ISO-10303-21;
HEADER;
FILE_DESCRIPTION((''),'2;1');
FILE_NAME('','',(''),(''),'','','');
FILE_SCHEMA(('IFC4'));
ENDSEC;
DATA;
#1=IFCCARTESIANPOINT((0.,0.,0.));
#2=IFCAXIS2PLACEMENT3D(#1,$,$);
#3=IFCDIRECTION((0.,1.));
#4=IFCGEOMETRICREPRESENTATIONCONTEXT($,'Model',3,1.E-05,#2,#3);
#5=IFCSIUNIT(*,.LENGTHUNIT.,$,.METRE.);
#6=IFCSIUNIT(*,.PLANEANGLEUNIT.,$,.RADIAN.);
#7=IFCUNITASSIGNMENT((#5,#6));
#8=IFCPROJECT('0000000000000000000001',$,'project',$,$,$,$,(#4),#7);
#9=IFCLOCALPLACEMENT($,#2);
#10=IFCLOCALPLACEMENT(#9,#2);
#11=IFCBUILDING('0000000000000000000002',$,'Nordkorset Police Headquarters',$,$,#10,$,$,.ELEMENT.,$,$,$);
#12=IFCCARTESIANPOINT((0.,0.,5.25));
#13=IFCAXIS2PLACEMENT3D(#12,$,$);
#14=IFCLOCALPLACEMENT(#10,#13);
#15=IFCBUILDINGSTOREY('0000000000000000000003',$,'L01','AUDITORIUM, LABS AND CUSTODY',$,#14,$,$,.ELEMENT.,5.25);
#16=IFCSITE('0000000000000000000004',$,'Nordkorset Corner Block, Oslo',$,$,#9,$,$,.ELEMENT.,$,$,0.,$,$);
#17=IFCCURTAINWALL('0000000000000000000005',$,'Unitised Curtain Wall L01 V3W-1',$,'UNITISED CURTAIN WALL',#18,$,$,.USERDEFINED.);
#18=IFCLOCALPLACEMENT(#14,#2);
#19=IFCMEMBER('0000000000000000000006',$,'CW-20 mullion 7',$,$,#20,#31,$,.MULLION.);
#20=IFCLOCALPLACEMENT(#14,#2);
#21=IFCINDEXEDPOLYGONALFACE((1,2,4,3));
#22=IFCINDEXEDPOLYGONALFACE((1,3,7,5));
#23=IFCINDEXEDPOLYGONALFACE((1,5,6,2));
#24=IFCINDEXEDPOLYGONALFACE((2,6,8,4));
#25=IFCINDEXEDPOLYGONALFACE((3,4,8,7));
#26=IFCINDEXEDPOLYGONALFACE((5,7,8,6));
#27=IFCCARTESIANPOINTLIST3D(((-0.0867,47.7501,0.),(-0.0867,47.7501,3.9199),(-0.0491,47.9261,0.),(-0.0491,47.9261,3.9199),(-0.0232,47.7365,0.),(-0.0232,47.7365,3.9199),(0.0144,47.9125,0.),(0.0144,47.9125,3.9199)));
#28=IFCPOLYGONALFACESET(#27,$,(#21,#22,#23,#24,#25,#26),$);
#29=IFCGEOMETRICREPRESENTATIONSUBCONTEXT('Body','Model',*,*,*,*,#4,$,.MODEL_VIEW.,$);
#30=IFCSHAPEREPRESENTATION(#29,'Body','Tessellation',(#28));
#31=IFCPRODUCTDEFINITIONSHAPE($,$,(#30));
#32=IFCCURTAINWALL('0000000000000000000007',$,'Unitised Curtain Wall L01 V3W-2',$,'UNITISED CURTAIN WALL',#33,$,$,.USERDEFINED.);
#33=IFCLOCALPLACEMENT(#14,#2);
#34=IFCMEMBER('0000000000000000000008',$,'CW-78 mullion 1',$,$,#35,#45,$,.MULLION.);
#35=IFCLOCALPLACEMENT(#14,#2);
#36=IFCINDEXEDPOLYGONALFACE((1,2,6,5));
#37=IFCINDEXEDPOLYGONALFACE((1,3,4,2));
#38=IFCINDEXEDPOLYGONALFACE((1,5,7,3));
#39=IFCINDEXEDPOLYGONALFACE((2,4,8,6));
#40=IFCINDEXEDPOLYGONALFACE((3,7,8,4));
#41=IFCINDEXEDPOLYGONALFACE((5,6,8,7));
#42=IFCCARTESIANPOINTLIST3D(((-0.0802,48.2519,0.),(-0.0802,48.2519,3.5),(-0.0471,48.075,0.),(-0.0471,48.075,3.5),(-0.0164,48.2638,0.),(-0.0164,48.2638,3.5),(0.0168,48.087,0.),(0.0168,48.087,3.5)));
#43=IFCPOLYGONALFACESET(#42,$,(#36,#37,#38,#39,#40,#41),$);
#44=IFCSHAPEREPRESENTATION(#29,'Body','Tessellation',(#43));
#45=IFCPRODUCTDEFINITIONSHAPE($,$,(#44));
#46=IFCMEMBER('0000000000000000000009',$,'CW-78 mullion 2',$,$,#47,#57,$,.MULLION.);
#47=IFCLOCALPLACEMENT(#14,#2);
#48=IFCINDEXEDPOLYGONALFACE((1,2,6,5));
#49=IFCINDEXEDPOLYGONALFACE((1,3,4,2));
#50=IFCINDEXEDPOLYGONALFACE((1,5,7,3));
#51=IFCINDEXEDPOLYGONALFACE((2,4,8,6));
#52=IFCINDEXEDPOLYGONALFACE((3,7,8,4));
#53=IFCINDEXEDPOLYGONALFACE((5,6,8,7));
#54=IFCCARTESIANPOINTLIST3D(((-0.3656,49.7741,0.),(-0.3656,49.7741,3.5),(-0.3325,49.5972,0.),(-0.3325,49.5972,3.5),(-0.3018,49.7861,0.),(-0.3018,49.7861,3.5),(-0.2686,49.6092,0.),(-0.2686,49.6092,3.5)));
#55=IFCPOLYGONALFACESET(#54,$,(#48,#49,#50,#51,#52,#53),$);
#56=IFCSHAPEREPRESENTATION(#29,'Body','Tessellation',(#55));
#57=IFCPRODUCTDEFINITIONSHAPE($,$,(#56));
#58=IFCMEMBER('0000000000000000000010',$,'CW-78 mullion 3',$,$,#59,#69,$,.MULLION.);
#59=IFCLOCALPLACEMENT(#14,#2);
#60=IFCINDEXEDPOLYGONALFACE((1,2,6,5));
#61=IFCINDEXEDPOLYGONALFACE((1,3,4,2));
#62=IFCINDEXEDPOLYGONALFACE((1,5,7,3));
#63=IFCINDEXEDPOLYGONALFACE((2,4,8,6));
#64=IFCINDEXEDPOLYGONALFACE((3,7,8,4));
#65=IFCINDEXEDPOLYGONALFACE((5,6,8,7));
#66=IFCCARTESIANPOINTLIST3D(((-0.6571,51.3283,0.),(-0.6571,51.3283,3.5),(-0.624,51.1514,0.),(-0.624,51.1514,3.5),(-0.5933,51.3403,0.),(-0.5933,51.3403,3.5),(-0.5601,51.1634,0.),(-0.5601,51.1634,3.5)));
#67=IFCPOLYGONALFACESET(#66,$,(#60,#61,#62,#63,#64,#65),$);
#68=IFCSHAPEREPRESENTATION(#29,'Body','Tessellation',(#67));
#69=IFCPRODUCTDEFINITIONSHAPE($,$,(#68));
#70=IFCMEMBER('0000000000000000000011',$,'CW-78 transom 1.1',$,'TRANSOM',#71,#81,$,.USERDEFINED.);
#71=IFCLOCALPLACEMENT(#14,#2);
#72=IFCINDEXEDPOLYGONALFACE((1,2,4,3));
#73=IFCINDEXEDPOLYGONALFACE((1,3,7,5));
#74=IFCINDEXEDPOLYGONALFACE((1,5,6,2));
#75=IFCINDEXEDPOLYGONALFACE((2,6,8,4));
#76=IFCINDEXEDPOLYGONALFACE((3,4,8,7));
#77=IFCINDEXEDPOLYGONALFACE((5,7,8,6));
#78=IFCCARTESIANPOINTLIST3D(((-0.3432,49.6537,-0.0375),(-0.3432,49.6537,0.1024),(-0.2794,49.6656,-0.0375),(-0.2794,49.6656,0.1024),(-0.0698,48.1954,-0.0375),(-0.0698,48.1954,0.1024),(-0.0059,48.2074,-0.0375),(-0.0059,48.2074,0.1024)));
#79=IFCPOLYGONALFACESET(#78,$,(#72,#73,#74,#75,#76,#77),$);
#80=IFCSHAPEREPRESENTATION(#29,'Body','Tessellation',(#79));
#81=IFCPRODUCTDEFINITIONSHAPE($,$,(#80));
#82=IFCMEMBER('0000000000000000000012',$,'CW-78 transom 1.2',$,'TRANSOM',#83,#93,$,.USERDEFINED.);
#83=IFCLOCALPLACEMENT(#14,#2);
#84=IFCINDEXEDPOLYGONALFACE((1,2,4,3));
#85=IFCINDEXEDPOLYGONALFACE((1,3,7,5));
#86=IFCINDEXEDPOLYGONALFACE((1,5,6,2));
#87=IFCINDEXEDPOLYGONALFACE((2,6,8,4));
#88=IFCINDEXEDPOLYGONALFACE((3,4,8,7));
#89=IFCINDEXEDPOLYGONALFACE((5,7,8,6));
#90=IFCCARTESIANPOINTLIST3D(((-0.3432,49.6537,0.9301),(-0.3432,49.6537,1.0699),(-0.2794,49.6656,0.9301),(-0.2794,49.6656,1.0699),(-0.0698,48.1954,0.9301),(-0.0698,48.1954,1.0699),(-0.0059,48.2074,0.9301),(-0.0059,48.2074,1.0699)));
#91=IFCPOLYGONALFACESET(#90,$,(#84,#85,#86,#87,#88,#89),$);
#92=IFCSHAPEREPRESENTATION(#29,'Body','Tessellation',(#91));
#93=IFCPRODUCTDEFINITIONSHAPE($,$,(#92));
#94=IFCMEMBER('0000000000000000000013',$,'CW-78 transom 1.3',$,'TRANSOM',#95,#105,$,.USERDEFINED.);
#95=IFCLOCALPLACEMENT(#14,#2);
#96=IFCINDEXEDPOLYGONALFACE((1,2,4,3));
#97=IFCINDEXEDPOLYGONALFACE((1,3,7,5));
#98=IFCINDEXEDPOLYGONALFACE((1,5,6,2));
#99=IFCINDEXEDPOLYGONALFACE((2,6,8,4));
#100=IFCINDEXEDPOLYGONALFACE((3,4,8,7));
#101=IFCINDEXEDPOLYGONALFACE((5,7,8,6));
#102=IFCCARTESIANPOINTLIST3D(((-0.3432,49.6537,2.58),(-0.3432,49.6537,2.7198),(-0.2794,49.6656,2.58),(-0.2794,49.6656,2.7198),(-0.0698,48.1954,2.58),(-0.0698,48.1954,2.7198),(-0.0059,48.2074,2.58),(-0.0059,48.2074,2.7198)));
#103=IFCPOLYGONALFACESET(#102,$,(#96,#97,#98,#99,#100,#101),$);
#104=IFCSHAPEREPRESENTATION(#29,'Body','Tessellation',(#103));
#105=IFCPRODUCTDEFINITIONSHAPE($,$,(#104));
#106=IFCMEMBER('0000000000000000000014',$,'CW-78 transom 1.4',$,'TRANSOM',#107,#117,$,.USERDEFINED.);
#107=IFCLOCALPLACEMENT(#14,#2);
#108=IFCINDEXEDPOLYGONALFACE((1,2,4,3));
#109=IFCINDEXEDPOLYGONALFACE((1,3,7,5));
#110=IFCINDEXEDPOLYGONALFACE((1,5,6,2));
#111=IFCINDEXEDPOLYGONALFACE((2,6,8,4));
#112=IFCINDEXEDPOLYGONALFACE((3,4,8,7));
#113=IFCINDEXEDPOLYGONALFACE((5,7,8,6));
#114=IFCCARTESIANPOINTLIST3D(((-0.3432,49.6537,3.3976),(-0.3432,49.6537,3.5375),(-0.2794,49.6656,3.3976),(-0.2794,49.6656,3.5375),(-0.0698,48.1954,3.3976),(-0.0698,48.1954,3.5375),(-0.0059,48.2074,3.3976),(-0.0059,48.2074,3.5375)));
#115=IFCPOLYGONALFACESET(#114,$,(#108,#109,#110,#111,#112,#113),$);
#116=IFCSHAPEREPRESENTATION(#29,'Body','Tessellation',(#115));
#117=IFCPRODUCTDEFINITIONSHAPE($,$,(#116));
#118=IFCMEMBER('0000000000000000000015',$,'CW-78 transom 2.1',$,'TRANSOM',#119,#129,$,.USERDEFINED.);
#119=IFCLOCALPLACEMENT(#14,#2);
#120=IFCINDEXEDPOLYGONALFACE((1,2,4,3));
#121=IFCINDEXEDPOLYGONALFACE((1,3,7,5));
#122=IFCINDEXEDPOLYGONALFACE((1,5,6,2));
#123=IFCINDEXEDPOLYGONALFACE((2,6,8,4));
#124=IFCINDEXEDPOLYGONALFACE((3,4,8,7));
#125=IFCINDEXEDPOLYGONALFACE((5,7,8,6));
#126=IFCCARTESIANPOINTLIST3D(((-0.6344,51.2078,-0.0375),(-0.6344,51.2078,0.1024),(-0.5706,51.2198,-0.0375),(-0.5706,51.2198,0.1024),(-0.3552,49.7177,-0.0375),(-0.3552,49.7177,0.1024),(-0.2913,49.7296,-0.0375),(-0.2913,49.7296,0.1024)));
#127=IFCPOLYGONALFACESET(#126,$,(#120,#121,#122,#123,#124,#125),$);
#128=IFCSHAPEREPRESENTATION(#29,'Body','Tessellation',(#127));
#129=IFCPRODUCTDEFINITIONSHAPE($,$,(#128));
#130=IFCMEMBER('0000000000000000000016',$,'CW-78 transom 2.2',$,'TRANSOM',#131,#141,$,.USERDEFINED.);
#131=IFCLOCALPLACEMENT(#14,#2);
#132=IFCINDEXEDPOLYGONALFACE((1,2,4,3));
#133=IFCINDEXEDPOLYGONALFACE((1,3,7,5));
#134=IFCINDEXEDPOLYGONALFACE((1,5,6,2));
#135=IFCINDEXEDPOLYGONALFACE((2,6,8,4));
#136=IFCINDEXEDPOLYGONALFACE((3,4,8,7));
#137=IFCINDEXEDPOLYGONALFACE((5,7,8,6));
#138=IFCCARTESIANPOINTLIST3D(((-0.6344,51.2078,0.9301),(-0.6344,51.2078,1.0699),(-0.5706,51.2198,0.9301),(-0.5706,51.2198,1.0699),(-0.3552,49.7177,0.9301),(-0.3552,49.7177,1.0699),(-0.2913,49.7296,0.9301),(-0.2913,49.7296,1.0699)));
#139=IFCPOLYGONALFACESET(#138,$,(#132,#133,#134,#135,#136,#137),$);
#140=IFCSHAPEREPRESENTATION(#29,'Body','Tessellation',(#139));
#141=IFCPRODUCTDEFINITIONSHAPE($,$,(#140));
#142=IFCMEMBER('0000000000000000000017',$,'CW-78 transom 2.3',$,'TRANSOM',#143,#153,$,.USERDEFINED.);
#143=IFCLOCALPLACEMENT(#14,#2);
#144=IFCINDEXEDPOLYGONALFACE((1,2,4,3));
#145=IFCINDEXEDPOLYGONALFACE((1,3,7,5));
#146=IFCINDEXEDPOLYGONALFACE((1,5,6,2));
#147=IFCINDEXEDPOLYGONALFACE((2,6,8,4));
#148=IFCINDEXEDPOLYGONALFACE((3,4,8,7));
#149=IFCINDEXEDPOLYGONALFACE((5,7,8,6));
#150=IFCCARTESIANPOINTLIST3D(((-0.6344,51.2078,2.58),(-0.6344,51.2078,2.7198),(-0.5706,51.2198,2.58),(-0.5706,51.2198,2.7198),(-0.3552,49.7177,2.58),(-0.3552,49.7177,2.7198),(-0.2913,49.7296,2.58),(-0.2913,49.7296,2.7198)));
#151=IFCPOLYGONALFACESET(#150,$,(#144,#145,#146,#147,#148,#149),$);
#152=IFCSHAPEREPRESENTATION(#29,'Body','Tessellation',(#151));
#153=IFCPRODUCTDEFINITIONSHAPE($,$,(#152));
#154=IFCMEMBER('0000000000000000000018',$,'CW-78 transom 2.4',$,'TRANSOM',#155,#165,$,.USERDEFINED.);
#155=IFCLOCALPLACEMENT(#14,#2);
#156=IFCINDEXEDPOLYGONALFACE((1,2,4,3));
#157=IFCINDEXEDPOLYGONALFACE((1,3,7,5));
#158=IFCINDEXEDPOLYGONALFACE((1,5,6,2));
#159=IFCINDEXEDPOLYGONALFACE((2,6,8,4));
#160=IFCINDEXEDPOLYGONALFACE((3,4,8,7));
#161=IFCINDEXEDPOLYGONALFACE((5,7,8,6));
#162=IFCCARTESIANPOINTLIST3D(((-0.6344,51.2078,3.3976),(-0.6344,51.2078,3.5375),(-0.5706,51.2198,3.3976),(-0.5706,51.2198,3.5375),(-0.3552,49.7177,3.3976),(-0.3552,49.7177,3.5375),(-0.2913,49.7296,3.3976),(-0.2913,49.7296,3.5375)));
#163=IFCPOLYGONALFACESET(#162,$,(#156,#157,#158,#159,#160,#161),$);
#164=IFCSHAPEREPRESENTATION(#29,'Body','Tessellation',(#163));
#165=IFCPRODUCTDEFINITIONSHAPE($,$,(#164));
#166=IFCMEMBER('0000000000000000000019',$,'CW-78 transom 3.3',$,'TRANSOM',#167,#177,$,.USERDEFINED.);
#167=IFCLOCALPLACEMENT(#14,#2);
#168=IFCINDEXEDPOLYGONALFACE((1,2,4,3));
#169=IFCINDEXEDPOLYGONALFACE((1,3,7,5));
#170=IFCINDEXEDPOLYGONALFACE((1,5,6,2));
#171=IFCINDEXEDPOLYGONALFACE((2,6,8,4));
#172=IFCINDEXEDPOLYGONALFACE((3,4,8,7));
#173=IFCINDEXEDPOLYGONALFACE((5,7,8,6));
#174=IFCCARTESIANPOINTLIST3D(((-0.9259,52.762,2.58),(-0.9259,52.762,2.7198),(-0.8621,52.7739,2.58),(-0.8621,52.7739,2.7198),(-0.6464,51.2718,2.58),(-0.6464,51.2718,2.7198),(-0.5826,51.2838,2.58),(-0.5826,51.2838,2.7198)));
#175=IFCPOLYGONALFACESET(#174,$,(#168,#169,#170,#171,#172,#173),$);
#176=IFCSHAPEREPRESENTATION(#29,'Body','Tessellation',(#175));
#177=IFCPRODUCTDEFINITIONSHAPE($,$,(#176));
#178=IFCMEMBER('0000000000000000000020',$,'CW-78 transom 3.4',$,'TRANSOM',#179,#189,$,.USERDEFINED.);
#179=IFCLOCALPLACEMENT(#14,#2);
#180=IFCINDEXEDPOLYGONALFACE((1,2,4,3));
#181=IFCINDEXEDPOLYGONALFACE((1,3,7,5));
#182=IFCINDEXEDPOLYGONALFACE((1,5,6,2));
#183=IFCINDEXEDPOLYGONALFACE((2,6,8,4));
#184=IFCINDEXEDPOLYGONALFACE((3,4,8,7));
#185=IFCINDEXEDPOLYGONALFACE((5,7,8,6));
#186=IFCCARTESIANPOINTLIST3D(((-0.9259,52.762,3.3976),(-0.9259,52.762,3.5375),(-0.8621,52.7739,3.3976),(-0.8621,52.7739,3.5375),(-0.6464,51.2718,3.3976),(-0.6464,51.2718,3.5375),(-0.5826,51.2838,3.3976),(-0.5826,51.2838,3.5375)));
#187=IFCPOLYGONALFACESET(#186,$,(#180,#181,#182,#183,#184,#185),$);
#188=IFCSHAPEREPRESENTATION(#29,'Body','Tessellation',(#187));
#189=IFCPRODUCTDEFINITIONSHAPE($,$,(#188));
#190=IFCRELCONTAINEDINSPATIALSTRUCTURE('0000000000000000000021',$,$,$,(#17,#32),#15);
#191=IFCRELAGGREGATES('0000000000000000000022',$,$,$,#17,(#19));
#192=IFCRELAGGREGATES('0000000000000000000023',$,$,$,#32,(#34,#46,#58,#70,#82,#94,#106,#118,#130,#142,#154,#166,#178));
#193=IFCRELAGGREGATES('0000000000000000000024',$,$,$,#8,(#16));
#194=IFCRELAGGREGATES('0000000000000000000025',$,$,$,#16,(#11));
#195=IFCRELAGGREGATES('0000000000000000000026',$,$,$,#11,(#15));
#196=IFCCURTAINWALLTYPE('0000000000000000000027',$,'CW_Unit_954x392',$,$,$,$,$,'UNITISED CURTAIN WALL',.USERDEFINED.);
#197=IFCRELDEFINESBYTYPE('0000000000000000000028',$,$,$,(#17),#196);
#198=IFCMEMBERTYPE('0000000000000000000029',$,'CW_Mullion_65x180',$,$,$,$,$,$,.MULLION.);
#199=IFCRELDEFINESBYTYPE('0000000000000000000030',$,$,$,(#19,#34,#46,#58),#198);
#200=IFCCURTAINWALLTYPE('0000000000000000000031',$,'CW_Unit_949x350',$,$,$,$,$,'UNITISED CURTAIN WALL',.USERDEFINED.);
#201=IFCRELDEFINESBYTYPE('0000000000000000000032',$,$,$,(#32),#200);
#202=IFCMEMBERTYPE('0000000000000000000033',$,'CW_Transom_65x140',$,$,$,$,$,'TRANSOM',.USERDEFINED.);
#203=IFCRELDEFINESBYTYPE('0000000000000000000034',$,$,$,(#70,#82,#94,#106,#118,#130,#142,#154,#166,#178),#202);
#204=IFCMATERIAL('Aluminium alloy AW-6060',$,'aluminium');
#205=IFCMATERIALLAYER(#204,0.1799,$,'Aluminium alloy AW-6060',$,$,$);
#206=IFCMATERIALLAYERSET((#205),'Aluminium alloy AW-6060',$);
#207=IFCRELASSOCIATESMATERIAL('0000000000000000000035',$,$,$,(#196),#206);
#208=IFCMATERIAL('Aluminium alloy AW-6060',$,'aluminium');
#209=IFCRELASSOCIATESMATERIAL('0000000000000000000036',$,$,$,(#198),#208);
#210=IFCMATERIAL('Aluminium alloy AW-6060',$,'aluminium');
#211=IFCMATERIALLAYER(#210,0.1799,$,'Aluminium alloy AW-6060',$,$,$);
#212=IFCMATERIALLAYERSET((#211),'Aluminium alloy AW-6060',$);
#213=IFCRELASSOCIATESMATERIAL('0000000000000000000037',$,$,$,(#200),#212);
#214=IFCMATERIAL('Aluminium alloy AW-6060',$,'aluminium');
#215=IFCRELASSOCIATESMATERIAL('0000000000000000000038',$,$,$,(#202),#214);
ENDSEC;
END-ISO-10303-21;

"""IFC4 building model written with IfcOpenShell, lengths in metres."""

from ifc_helpers import new_model, si_unit, direction, frame, origin, origin_2d, place, context, subcontext, project, spatial, rectangle, extrude, material, layer, layer_set, material_profile, profile_set, type_object, element, aggregate, save


model = new_model("IFC4")

# Units and contexts
model_context = context("Model", 3, precision=1e-05, world=origin(), true_north=direction((0.0, 1.0)))
body_context = subcontext(model_context, "Body", "Model", "MODEL_VIEW")
ifc_project = project(units=[si_unit("LENGTHUNIT", "METRE"), si_unit("PLANEANGLEUNIT", "RADIAN")], contexts=[model_context])

# Site, building, storey
site_placement = place(None, origin())
site = spatial("IfcSite", under=ifc_project, at=site_placement, Name="Nordkorset Corner Block, Oslo", CompositionType="ELEMENT", RefElevation=0.0)
building_placement = place(site_placement, origin())
building = spatial("IfcBuilding", under=site, at=building_placement, Name="Nordkorset Police Headquarters", CompositionType="ELEMENT")
storey_placement = place(building_placement, frame((0.0, 0.0, 5.25)))
storey = spatial("IfcBuildingStorey", under=building, at=storey_placement, Name="L01", Description="AUDITORIUM, LABS AND CUSTODY", CompositionType="ELEMENT", Elevation=5.25)

# Curtain wall, member
ifc_material_1 = material(Name="Aluminium alloy AW-6060", Category="aluminium")
ifc_layer_1 = layer(ifc_material_1, 0.1799, Name="Aluminium alloy AW-6060")
ifc_layer_set_1 = layer_set([ifc_layer_1], Name="Aluminium alloy AW-6060")
curtain_wall_type_1 = type_object("IfcCurtainWallType", Name="CW_Unit_954x392", ElementType="UNITISED CURTAIN WALL", PredefinedType="USERDEFINED", material=ifc_layer_set_1)
curtain_wall_1_placement = place(storey_placement, origin())
curtain_wall_1 = element("IfcCurtainWall", 1, at=curtain_wall_1_placement, inside=storey, type_object=curtain_wall_type_1, Name="Unitised Curtain Wall L01 V3W-1", ObjectType="UNITISED CURTAIN WALL", PredefinedType="USERDEFINED")
ifc_material_2 = material(Name="Aluminium alloy AW-6060", Category="aluminium")
ifc_material_profile_1 = material_profile(ifc_material_2, rectangle(XDim=0.0649, YDim=0.1799, at=origin_2d()), Name="ALU MULL 65x180")
ifc_profile_set_1 = profile_set([ifc_material_profile_1], Name="Aluminium alloy AW-6060")
member_type_1 = type_object("IfcMemberType", Name="CW_Mullion_65x180", PredefinedType="MULLION", material=ifc_profile_set_1)
member_1_placement = place(storey_placement, frame((-0.0361, 47.8313, 0.0), z_axis=(0.0, 0.0, 1.0), x_axis=(-0.977951, 0.208833, 0.0)))
member_1 = element("IfcMember", 2, at=member_1_placement, type_object=member_type_1, Name="CW-20 mullion 7", PredefinedType="MULLION", context=body_context, shape_type="SweptSolid", body=[
    extrude(rectangle(XDim=0.0649, YDim=0.1799, at=origin_2d()), origin(), (0.0, 0.0, 1.0), 3.9199),
])

# Curtain wall, members
ifc_material_3 = material(Name="Aluminium alloy AW-6060", Category="aluminium")
ifc_layer_2 = layer(ifc_material_3, 0.1799, Name="Aluminium alloy AW-6060")
ifc_layer_set_2 = layer_set([ifc_layer_2], Name="Aluminium alloy AW-6060")
curtain_wall_type_2 = type_object("IfcCurtainWallType", Name="CW_Unit_949x350", ElementType="UNITISED CURTAIN WALL", PredefinedType="USERDEFINED", material=ifc_layer_set_2)
curtain_wall_2_placement = place(storey_placement, origin())
curtain_wall_2 = element("IfcCurtainWall", 3, at=curtain_wall_2_placement, inside=storey, type_object=curtain_wall_type_2, Name="Unitised Curtain Wall L01 V3W-2", ObjectType="UNITISED CURTAIN WALL", PredefinedType="USERDEFINED")
member_2_placement = place(storey_placement, frame((-0.0317, 48.1694, 0.0), z_axis=(0.0, 0.0, 1.0), x_axis=(-0.982872, -0.184289, 0.0)))
member_2 = element("IfcMember", 4, at=member_2_placement, type_object=member_type_1, Name="CW-78 mullion 1", PredefinedType="MULLION", context=body_context, shape_type="SweptSolid", body=[
    extrude(rectangle(XDim=0.0649, YDim=0.1799, at=origin_2d()), origin(), (0.0, 0.0, 1.0), 3.5),
])
member_3_placement = place(storey_placement, frame((-0.3171, 49.6917, 0.0), z_axis=(0.0, 0.0, 1.0), x_axis=(-0.982872, -0.184289, 0.0)))
member_3 = element("IfcMember", 5, at=member_3_placement, type_object=member_type_1, Name="CW-78 mullion 2", PredefinedType="MULLION", context=body_context, shape_type="SweptSolid", body=[
    extrude(rectangle(XDim=0.0649, YDim=0.1799, at=origin_2d()), origin(), (0.0, 0.0, 1.0), 3.5),
])
member_4_placement = place(storey_placement, frame((-0.6086, 51.2458, 0.0), z_axis=(0.0, 0.0, 1.0), x_axis=(-0.982872, -0.184289, 0.0)))
member_4 = element("IfcMember", 6, at=member_4_placement, type_object=member_type_1, Name="CW-78 mullion 3", PredefinedType="MULLION", context=body_context, shape_type="SweptSolid", body=[
    extrude(rectangle(XDim=0.0649, YDim=0.1799, at=origin_2d()), origin(), (0.0, 0.0, 1.0), 3.5),
])
ifc_material_4 = material(Name="Aluminium alloy AW-6060", Category="aluminium")
ifc_material_profile_2 = material_profile(ifc_material_4, rectangle(XDim=0.0649, YDim=0.1399, at=origin_2d()), Name="ALU TRAN 65x140")
ifc_profile_set_2 = profile_set([ifc_material_profile_2], Name="Aluminium alloy AW-6060")
member_type_2 = type_object("IfcMemberType", Name="CW_Transom_65x140", ElementType="TRANSOM", PredefinedType="USERDEFINED", material=ifc_profile_set_2)
member_5_placement = place(storey_placement, frame((-0.0378, 48.2014, 0.0325), z_axis=(-0.184298, 0.98287, 0.0), x_axis=(-0.98287, -0.184298, 0.0)))
member_5 = element("IfcMember", 7, at=member_5_placement, type_object=member_type_2, Name="CW-78 transom 1.1", ObjectType="TRANSOM", PredefinedType="USERDEFINED", context=body_context, shape_type="SweptSolid", body=[
    extrude(rectangle(XDim=0.0649, YDim=0.1399, at=origin_2d()), origin(), (0.0, 0.0, 1.0), 1.4836),
])
member_6_placement = place(storey_placement, frame((-0.0378, 48.2014, 1.0), z_axis=(-0.184298, 0.98287, 0.0), x_axis=(-0.98287, -0.184298, 0.0)))
member_6 = element("IfcMember", 8, at=member_6_placement, type_object=member_type_2, Name="CW-78 transom 1.2", ObjectType="TRANSOM", PredefinedType="USERDEFINED", context=body_context, shape_type="SweptSolid", body=[
    extrude(rectangle(XDim=0.0649, YDim=0.1399, at=origin_2d()), origin(), (0.0, 0.0, 1.0), 1.4836),
])
member_7_placement = place(storey_placement, frame((-0.0378, 48.2014, 2.6499), z_axis=(-0.184298, 0.98287, 0.0), x_axis=(-0.98287, -0.184298, 0.0)))
member_7 = element("IfcMember", 9, at=member_7_placement, type_object=member_type_2, Name="CW-78 transom 1.3", ObjectType="TRANSOM", PredefinedType="USERDEFINED", context=body_context, shape_type="SweptSolid", body=[
    extrude(rectangle(XDim=0.0649, YDim=0.1399, at=origin_2d()), origin(), (0.0, 0.0, 1.0), 1.4836),
])
member_8_placement = place(storey_placement, frame((-0.0378, 48.2014, 3.4675), z_axis=(-0.184298, 0.98287, 0.0), x_axis=(-0.98287, -0.184298, 0.0)))
member_8 = element("IfcMember", 10, at=member_8_placement, type_object=member_type_2, Name="CW-78 transom 1.4", ObjectType="TRANSOM", PredefinedType="USERDEFINED", context=body_context, shape_type="SweptSolid", body=[
    extrude(rectangle(XDim=0.0649, YDim=0.1399, at=origin_2d()), origin(), (0.0, 0.0, 1.0), 1.4836),
])
member_9_placement = place(storey_placement, frame((-0.3232, 49.7236, 0.0325), z_axis=(-0.184211, 0.982887, 0.0), x_axis=(-0.982887, -0.184211, 0.0)))
member_9 = element("IfcMember", 11, at=member_9_placement, type_object=member_type_2, Name="CW-78 transom 2.1", ObjectType="TRANSOM", PredefinedType="USERDEFINED", context=body_context, shape_type="SweptSolid", body=[
    extrude(rectangle(XDim=0.0649, YDim=0.1399, at=origin_2d()), origin(), (0.0, 0.0, 1.0), 1.5161),
])
member_10_placement = place(storey_placement, frame((-0.3232, 49.7236, 1.0), z_axis=(-0.184211, 0.982887, 0.0), x_axis=(-0.982887, -0.184211, 0.0)))
member_10 = element("IfcMember", 12, at=member_10_placement, type_object=member_type_2, Name="CW-78 transom 2.2", ObjectType="TRANSOM", PredefinedType="USERDEFINED", context=body_context, shape_type="SweptSolid", body=[
    extrude(rectangle(XDim=0.0649, YDim=0.1399, at=origin_2d()), origin(), (0.0, 0.0, 1.0), 1.5161),
])
member_11_placement = place(storey_placement, frame((-0.3232, 49.7236, 2.6499), z_axis=(-0.184211, 0.982887, 0.0), x_axis=(-0.982887, -0.184211, 0.0)))
member_11 = element("IfcMember", 13, at=member_11_placement, type_object=member_type_2, Name="CW-78 transom 2.3", ObjectType="TRANSOM", PredefinedType="USERDEFINED", context=body_context, shape_type="SweptSolid", body=[
    extrude(rectangle(XDim=0.0649, YDim=0.1399, at=origin_2d()), origin(), (0.0, 0.0, 1.0), 1.5161),
])
member_12_placement = place(storey_placement, frame((-0.3232, 49.7236, 3.4675), z_axis=(-0.184211, 0.982887, 0.0), x_axis=(-0.982887, -0.184211, 0.0)))
member_12 = element("IfcMember", 14, at=member_12_placement, type_object=member_type_2, Name="CW-78 transom 2.4", ObjectType="TRANSOM", PredefinedType="USERDEFINED", context=body_context, shape_type="SweptSolid", body=[
    extrude(rectangle(XDim=0.0649, YDim=0.1399, at=origin_2d()), origin(), (0.0, 0.0, 1.0), 1.5161),
])
member_13_placement = place(storey_placement, frame((-0.6145, 51.2778, 2.6499), z_axis=(-0.184366, 0.982858, 0.0), x_axis=(-0.982858, -0.184366, 0.0)))
member_13 = element("IfcMember", 15, at=member_13_placement, type_object=member_type_2, Name="CW-78 transom 3.3", ObjectType="TRANSOM", PredefinedType="USERDEFINED", context=body_context, shape_type="SweptSolid", body=[
    extrude(rectangle(XDim=0.0649, YDim=0.1399, at=origin_2d()), origin(), (0.0, 0.0, 1.0), 1.5161),
])
member_14_placement = place(storey_placement, frame((-0.6145, 51.2778, 3.4675), z_axis=(-0.184366, 0.982858, 0.0), x_axis=(-0.982858, -0.184366, 0.0)))
member_14 = element("IfcMember", 16, at=member_14_placement, type_object=member_type_2, Name="CW-78 transom 3.4", ObjectType="TRANSOM", PredefinedType="USERDEFINED", context=body_context, shape_type="SweptSolid", body=[
    extrude(rectangle(XDim=0.0649, YDim=0.1399, at=origin_2d()), origin(), (0.0, 0.0, 1.0), 1.5161),
])

aggregate(curtain_wall_1, [member_1])
aggregate(curtain_wall_2, [member_2, member_3, member_4, member_5, member_6, member_7, member_8, member_9, member_10, member_11, member_12, member_13, member_14])

save(model, "model.ifc")
